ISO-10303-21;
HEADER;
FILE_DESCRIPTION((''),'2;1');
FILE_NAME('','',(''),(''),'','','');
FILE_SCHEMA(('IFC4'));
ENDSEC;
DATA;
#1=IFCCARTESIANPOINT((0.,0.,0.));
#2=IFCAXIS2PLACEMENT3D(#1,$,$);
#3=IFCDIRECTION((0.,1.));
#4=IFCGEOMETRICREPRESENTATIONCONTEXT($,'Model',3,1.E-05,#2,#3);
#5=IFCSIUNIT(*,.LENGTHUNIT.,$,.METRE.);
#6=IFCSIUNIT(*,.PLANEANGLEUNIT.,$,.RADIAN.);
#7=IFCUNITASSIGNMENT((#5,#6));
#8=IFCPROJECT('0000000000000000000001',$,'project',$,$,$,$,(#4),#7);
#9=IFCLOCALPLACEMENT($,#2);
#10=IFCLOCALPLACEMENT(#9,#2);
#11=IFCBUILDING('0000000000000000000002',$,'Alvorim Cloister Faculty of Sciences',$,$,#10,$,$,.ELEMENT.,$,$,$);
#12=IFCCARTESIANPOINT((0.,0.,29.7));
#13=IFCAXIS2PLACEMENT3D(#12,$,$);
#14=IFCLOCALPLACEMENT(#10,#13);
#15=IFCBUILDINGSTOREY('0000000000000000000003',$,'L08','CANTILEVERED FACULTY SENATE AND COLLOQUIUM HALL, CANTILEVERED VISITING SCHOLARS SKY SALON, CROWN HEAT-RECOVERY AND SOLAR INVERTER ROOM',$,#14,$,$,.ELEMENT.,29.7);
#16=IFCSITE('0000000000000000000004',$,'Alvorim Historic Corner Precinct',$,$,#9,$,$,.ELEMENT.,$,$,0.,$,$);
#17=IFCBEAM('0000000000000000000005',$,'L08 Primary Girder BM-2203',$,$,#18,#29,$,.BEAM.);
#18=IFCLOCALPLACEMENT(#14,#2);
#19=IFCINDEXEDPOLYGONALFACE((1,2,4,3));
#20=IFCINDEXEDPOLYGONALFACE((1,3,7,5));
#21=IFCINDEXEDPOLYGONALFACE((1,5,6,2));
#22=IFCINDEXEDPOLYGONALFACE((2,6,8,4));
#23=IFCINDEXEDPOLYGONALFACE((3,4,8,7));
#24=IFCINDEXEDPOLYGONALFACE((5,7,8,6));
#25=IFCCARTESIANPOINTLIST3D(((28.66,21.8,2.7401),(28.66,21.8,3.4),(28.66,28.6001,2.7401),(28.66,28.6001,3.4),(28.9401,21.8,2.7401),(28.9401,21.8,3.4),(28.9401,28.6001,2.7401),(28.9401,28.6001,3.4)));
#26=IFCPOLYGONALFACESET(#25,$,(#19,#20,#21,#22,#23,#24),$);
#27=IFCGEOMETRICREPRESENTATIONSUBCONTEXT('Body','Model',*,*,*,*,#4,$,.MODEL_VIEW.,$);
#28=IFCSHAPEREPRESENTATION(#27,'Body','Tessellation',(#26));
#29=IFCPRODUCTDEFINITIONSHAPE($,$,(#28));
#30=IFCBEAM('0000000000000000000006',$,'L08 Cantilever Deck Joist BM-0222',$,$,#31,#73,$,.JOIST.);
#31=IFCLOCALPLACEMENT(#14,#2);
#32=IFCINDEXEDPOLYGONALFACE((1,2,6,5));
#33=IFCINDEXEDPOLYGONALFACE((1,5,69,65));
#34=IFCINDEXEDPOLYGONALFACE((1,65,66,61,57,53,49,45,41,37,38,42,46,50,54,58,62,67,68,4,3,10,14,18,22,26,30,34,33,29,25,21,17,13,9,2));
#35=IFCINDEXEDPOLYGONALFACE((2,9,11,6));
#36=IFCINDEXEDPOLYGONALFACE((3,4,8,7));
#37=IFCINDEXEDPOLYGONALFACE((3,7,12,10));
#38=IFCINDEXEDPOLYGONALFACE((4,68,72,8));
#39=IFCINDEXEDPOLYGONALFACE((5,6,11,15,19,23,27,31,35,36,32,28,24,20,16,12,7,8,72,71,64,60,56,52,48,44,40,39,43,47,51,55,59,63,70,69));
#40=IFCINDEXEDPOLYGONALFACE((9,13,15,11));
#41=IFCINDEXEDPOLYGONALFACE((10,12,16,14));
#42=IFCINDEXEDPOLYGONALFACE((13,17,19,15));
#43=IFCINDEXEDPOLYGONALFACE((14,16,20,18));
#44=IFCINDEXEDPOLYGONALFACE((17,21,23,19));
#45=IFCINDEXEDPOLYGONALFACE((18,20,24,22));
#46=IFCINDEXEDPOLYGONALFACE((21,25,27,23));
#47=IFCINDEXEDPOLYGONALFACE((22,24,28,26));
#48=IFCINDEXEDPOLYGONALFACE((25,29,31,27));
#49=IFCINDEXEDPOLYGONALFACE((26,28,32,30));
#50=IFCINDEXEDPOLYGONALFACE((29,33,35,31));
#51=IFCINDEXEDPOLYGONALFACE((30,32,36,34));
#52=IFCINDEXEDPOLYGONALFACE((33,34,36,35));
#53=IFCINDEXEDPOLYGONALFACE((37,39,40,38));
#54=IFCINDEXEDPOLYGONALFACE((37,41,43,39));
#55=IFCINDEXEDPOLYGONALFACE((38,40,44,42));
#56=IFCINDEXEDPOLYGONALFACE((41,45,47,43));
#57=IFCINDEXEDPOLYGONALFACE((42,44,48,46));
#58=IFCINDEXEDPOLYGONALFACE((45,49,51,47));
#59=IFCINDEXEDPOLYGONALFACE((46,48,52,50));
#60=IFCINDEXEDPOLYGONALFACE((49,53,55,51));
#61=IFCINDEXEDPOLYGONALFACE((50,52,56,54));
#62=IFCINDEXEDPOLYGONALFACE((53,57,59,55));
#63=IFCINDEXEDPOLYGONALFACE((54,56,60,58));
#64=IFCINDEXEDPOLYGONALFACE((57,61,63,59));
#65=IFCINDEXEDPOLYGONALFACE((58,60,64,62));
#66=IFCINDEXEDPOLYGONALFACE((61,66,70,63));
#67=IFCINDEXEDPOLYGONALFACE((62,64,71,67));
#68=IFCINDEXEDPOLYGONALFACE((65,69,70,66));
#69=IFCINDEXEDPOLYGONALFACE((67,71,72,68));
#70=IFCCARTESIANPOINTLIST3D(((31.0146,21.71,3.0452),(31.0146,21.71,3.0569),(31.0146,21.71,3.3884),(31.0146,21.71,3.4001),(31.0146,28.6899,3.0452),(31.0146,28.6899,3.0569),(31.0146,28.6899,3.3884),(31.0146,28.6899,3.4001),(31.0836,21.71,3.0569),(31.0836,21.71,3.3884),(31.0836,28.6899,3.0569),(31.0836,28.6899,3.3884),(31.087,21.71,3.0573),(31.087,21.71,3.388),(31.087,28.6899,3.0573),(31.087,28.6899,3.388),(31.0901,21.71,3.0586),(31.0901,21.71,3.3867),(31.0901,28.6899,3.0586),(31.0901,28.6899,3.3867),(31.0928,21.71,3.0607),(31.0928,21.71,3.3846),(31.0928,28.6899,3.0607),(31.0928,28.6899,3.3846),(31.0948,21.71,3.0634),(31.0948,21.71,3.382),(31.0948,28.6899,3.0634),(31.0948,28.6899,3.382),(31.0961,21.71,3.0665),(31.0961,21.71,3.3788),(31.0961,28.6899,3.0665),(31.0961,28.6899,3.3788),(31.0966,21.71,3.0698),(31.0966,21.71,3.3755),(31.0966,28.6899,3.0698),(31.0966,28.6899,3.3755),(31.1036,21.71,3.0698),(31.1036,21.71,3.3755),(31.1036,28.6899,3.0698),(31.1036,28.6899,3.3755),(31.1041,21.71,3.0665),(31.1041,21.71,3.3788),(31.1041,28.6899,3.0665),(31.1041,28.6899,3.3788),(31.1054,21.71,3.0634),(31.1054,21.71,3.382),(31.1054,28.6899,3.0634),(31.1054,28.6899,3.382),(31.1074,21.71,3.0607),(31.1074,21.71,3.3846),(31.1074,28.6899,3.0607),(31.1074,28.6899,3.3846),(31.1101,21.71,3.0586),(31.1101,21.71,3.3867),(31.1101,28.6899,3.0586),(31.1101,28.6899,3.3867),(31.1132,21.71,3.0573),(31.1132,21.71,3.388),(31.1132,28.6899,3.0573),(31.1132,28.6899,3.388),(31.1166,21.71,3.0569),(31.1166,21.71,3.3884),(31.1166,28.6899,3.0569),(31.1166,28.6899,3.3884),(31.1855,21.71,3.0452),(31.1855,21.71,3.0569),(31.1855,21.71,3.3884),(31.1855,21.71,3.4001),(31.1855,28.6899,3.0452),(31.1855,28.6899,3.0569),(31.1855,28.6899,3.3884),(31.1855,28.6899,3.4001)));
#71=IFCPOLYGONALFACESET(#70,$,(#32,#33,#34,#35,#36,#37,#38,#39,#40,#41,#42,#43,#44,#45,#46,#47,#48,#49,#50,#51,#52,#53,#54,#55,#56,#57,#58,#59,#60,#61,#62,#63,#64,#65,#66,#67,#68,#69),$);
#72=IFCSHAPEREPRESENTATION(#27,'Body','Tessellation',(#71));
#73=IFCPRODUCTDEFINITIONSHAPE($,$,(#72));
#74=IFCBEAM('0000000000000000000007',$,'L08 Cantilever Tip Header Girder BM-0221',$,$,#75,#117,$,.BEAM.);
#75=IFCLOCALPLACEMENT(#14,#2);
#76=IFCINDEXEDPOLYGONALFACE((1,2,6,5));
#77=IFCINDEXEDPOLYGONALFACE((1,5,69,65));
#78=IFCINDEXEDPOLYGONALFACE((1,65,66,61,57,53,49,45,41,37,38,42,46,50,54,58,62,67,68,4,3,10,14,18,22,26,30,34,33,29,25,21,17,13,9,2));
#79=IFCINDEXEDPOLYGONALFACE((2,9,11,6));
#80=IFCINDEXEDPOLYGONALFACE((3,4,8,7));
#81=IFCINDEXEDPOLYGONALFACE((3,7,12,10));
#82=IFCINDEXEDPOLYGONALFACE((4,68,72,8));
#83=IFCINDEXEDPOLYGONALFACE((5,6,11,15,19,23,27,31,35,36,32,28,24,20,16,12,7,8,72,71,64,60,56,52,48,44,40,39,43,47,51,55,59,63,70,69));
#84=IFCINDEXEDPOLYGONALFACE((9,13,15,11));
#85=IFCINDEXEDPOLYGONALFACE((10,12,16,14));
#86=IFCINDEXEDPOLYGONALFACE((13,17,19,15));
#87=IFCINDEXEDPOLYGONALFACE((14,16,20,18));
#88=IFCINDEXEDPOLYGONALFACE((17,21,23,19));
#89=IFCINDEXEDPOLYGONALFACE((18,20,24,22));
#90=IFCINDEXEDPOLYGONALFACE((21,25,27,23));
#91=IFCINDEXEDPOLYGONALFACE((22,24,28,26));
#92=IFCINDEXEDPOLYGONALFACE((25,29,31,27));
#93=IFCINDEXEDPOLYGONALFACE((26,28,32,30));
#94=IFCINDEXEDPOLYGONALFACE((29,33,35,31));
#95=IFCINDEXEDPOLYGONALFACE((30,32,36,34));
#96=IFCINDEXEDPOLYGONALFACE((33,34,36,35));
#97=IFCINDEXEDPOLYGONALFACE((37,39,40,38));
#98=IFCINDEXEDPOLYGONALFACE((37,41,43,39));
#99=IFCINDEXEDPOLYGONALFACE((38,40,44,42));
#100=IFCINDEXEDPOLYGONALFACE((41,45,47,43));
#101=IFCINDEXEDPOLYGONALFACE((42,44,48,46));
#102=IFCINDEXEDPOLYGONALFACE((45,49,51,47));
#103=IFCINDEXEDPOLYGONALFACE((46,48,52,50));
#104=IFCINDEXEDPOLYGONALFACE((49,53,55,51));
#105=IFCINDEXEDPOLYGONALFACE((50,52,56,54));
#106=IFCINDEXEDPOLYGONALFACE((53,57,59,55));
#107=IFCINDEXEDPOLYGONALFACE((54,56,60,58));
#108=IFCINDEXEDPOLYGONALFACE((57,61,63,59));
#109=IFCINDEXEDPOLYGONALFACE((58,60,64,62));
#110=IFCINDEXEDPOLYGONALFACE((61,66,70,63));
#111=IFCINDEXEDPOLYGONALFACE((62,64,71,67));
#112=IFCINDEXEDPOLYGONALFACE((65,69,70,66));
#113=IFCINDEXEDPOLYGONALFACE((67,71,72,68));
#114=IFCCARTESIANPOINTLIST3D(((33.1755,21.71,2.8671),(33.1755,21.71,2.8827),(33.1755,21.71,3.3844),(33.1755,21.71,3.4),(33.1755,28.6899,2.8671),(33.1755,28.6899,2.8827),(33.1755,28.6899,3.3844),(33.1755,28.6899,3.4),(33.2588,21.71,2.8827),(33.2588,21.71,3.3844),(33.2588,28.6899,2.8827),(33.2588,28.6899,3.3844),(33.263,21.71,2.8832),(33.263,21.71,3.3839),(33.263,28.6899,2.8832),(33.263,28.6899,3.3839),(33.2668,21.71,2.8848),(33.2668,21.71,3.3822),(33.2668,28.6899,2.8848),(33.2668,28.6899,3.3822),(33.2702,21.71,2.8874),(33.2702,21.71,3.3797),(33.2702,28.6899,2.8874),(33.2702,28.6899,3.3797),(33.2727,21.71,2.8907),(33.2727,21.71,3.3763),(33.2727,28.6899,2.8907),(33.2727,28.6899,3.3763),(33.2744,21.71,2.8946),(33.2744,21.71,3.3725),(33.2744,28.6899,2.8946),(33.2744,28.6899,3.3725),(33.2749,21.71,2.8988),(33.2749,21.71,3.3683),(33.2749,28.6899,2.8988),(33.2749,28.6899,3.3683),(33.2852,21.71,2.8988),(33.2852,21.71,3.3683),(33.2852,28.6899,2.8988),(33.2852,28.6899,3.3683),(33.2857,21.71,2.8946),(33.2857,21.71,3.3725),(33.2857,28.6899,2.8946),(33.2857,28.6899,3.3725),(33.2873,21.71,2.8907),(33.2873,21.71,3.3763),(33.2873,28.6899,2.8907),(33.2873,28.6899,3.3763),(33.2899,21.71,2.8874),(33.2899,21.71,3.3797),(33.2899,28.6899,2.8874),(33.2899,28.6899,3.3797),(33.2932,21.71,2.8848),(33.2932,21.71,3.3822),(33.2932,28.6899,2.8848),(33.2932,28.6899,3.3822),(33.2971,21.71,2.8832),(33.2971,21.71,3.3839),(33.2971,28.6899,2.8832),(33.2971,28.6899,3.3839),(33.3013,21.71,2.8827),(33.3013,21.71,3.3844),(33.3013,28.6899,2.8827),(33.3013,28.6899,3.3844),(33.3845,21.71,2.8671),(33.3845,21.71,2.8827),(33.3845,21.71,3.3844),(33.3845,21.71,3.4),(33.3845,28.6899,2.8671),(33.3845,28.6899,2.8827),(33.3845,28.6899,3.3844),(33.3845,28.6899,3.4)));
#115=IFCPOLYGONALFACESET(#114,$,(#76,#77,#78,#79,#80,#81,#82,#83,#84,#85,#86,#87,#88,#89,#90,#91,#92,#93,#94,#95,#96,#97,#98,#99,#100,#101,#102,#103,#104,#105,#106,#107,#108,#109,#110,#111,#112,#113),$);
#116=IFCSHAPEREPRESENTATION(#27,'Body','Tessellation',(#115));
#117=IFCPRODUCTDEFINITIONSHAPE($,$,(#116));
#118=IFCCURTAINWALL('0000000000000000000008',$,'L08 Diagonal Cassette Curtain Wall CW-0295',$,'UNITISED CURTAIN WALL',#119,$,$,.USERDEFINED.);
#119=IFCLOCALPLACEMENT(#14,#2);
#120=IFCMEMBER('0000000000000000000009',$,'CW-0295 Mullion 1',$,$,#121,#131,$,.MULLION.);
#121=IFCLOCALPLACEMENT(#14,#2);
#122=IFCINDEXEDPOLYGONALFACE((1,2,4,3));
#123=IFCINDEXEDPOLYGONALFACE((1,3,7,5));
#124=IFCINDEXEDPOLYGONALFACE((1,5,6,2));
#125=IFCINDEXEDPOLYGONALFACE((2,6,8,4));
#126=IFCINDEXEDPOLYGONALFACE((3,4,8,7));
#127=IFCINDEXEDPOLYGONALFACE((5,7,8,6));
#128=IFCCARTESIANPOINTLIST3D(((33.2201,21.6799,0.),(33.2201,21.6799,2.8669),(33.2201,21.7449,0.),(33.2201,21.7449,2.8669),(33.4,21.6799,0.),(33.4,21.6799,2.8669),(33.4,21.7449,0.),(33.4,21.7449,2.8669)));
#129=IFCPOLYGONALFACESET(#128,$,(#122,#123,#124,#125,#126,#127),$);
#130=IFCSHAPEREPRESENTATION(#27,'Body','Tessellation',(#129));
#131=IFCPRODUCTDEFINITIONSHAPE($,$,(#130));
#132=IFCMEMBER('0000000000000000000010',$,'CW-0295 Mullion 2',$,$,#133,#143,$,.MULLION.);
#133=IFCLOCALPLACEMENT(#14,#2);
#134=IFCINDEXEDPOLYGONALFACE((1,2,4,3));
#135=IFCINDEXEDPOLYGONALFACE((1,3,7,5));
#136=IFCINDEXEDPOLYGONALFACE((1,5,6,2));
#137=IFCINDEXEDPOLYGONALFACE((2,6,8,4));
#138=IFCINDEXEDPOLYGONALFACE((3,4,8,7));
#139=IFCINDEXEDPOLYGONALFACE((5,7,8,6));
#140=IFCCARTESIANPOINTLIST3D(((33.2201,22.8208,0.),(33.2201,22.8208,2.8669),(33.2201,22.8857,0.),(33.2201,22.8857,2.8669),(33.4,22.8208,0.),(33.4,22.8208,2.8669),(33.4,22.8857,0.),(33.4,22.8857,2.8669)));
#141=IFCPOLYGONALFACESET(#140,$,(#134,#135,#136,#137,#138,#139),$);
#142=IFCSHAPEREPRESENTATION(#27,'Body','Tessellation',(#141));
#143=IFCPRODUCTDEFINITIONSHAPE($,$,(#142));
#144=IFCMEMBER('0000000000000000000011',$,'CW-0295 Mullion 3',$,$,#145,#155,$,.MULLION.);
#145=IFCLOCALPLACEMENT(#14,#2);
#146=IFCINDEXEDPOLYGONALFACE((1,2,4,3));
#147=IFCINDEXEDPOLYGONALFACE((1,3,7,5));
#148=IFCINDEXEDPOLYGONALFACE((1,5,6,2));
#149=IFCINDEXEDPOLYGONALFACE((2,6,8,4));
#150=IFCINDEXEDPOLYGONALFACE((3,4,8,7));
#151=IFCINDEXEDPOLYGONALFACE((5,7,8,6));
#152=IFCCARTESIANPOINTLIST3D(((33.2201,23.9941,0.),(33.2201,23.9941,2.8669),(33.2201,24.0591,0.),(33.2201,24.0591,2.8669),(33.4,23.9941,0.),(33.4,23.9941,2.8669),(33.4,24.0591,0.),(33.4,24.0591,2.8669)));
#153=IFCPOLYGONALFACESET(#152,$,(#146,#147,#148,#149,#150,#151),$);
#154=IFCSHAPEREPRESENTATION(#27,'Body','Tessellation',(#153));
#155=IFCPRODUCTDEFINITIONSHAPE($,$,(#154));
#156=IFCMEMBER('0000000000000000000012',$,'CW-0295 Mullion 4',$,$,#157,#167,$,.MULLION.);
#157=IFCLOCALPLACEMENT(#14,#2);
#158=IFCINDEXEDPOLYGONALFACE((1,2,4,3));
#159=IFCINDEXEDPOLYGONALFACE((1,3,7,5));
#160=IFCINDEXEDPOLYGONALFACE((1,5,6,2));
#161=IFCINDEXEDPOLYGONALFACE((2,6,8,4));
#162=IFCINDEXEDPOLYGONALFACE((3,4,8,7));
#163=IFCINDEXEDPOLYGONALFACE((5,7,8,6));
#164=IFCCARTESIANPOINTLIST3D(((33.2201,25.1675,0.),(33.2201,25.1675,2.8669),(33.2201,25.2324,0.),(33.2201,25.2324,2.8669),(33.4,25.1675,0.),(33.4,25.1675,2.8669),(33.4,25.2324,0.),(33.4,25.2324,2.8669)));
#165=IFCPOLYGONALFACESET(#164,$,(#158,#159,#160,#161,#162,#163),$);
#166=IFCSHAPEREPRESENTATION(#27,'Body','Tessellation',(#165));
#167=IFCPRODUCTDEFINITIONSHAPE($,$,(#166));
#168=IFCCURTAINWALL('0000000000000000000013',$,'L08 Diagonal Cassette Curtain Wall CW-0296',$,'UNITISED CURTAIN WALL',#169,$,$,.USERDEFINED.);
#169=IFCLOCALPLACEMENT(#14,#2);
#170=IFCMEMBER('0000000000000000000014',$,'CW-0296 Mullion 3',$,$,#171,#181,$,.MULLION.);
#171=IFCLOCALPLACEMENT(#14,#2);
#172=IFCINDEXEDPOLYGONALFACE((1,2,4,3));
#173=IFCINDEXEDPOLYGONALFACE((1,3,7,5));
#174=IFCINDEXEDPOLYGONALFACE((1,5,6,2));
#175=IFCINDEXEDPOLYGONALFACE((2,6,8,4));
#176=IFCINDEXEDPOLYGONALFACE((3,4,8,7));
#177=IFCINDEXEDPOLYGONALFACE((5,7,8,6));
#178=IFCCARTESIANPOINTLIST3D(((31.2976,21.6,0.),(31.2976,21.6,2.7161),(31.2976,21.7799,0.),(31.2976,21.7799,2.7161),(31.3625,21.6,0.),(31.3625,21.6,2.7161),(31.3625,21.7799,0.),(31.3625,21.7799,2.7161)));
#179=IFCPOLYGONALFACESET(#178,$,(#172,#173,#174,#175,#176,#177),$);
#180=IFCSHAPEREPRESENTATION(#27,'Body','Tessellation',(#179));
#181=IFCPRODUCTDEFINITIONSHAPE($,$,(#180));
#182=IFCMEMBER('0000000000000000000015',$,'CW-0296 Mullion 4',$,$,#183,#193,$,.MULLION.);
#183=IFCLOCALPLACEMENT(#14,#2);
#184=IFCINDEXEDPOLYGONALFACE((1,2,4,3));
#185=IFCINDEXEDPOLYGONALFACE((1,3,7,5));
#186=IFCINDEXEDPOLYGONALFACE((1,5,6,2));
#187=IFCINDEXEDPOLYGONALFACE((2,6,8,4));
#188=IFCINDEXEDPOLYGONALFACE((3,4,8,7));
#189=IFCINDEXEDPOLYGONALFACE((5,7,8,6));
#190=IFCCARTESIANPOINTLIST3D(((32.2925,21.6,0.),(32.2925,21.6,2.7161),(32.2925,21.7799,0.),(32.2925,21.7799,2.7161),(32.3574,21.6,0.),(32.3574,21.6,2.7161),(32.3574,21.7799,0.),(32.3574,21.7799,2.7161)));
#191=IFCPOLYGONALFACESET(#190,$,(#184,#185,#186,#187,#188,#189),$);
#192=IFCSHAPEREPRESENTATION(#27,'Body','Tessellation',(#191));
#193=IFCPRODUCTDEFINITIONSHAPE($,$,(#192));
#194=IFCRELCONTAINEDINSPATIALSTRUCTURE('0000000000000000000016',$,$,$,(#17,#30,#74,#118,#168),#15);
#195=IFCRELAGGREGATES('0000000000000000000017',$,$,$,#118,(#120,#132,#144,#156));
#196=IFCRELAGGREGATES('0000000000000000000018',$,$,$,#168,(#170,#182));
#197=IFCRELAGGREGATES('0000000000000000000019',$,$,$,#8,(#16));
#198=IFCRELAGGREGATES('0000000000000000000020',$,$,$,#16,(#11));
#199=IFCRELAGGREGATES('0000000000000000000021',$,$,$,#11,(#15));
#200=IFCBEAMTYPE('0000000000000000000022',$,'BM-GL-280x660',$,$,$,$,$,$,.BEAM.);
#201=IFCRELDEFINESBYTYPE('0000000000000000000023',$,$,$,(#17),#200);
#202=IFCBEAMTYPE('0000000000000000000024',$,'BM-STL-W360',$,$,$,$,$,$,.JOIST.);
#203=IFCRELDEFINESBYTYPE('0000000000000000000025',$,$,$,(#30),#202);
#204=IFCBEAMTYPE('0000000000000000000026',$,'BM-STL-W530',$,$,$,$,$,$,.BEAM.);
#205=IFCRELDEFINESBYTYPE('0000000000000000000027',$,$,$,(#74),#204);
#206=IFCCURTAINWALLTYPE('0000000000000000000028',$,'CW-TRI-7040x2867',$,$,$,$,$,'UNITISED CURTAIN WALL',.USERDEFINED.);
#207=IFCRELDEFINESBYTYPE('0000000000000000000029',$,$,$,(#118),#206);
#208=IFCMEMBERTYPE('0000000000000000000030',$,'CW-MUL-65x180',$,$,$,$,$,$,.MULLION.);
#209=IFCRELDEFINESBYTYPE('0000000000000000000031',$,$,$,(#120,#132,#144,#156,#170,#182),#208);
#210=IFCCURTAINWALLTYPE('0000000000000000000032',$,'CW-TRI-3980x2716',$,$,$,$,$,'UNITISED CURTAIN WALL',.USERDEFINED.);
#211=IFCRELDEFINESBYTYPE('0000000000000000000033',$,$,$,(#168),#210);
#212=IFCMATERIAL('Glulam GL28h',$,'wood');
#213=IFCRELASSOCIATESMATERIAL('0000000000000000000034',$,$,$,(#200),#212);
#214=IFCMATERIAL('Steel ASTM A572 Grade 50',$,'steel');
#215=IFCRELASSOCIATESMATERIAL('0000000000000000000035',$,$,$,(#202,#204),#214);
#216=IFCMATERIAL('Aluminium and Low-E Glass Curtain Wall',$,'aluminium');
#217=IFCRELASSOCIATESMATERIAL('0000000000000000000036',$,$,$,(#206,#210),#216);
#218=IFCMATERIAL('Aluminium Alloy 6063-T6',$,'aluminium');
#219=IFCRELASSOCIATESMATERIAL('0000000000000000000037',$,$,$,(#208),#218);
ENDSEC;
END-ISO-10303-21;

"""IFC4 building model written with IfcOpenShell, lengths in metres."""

from ifc_helpers import new_model, si_unit, direction, frame, origin, origin_2d, place, context, subcontext, project, spatial, rectangle, i_section, extrude, material, material_profile, profile_set, type_object, element, aggregate, save


model = new_model("IFC4")

# Units and contexts
model_context = context("Model", 3, precision=1e-05, world=origin(), true_north=direction((0.0, 1.0)))
body_context = subcontext(model_context, "Body", "Model", "MODEL_VIEW")
ifc_project = project(units=[si_unit("LENGTHUNIT", "METRE"), si_unit("PLANEANGLEUNIT", "RADIAN")], contexts=[model_context])

# Site, building, storey
site_placement = place(None, origin())
site = spatial("IfcSite", under=ifc_project, at=site_placement, Name="Alvorim Historic Corner Precinct", CompositionType="ELEMENT", RefElevation=0.0)
building_placement = place(site_placement, origin())
building = spatial("IfcBuilding", under=site, at=building_placement, Name="Alvorim Cloister Faculty of Sciences", CompositionType="ELEMENT")
storey_placement = place(building_placement, frame((0.0, 0.0, 29.7)))
storey = spatial("IfcBuildingStorey", under=building, at=storey_placement, Name="L08", Description="CANTILEVERED FACULTY SENATE AND COLLOQUIUM HALL, CANTILEVERED VISITING SCHOLARS SKY SALON, CROWN HEAT-RECOVERY AND SOLAR INVERTER ROOM", CompositionType="ELEMENT", Elevation=29.7)

# Beams
ifc_material_1 = material(Name="Glulam GL28h", Category="wood")
ifc_material_profile_1 = material_profile(ifc_material_1, rectangle(XDim=0.28, YDim=0.6599, at=origin_2d()), Name="GL28-BM-280x660")
ifc_profile_set_1 = profile_set([ifc_material_profile_1], Name="Glulam GL28h")
beam_type_1 = type_object("IfcBeamType", Name="BM-GL-280x660", PredefinedType="BEAM", material=ifc_profile_set_1)
beam_1_placement = place(storey_placement, frame((28.8, 21.8, 3.0701), z_axis=(0.0, 1.0, 0.0), x_axis=(-1.0, 0.0, 0.0)))
element("IfcBeam", 1, at=beam_1_placement, inside=storey, type_object=beam_type_1, Name="L08 Primary Girder BM-2203", PredefinedType="BEAM", context=body_context, shape_type="SweptSolid", body=[
    extrude(rectangle(XDim=0.28, YDim=0.6599, at=origin_2d()), origin(), (0.0, 0.0, 1.0), 6.8),
])
ifc_material_2 = material(Name="Steel ASTM A572 Grade 50", Category="steel")
ifc_material_profile_2 = material_profile(ifc_material_2, i_section(OverallWidth=0.1709, OverallDepth=0.355, WebThickness=0.0071, FlangeThickness=0.0117, FilletRadius=0.0129, at=origin_2d()), Name="W360x51.0")
ifc_profile_set_2 = profile_set([ifc_material_profile_2], Name="Steel ASTM A572 Grade 50")
beam_type_2 = type_object("IfcBeamType", Name="BM-STL-W360", PredefinedType="JOIST", material=ifc_profile_set_2)
beam_2_placement = place(storey_placement, frame((31.1001, 21.71, 3.2227), z_axis=(0.0, 1.0, 0.0), x_axis=(-1.0, 0.0, 0.0)))
element("IfcBeam", 2, at=beam_2_placement, inside=storey, type_object=beam_type_2, Name="L08 Cantilever Deck Joist BM-0222", PredefinedType="JOIST", context=body_context, shape_type="SweptSolid", body=[
    extrude(i_section(OverallWidth=0.1709, OverallDepth=0.355, WebThickness=0.0071, FlangeThickness=0.0117, FilletRadius=0.0129, at=origin_2d()), origin(), (0.0, 0.0, 1.0), 6.98),
])
ifc_material_profile_3 = material_profile(ifc_material_2, i_section(OverallWidth=0.209, OverallDepth=0.533, WebThickness=0.0103, FlangeThickness=0.0156, FilletRadius=0.0161, at=origin_2d()), Name="W530x92.0")
ifc_profile_set_3 = profile_set([ifc_material_profile_3], Name="Steel ASTM A572 Grade 50")
beam_type_3 = type_object("IfcBeamType", Name="BM-STL-W530", PredefinedType="BEAM", material=ifc_profile_set_3)
beam_3_placement = place(storey_placement, frame((33.28, 21.71, 3.1335), z_axis=(0.0, 1.0, 0.0), x_axis=(-1.0, 0.0, 0.0)))
element("IfcBeam", 3, at=beam_3_placement, inside=storey, type_object=beam_type_3, Name="L08 Cantilever Tip Header Girder BM-0221", PredefinedType="BEAM", context=body_context, shape_type="SweptSolid", body=[
    extrude(i_section(OverallWidth=0.209, OverallDepth=0.533, WebThickness=0.0103, FlangeThickness=0.0156, FilletRadius=0.0161, at=origin_2d()), origin(), (0.0, 0.0, 1.0), 6.98),
])

# Curtain walls, members
ifc_material_3 = material(Name="Aluminium and Low-E Glass Curtain Wall", Category="aluminium")
curtain_wall_type_1 = type_object("IfcCurtainWallType", Name="CW-TRI-7040x2867", ElementType="UNITISED CURTAIN WALL", PredefinedType="USERDEFINED", material=ifc_material_3)
curtain_wall_1_placement = place(storey_placement, origin())
curtain_wall_1 = element("IfcCurtainWall", 4, at=curtain_wall_1_placement, inside=storey, type_object=curtain_wall_type_1, Name="L08 Diagonal Cassette Curtain Wall CW-0295", ObjectType="UNITISED CURTAIN WALL", PredefinedType="USERDEFINED")
ifc_material_4 = material(Name="Aluminium Alloy 6063-T6", Category="aluminium")
ifc_material_profile_4 = material_profile(ifc_material_4, rectangle(XDim=0.0649, YDim=0.1799, at=origin_2d()), Name="ALU-MUL-65x180")
ifc_profile_set_4 = profile_set([ifc_material_profile_4], Name="Aluminium Alloy 6063-T6")
member_type_1 = type_object("IfcMemberType", Name="CW-MUL-65x180", PredefinedType="MULLION", material=ifc_profile_set_4)
member_1_placement = place(storey_placement, frame((33.3101, 21.7124, 0.0), z_axis=(0.0, 0.0, 1.0), x_axis=(0.0, 1.0, 0.0)))
member_1 = element("IfcMember", 5, at=member_1_placement, type_object=member_type_1, Name="CW-0295 Mullion 1", PredefinedType="MULLION", context=body_context, shape_type="SweptSolid", body=[
    extrude(rectangle(XDim=0.0649, YDim=0.1799, at=origin_2d()), origin(), (0.0, 0.0, 1.0), 2.8669),
])
member_2_placement = place(storey_placement, frame((33.3101, 22.8533, 0.0), z_axis=(0.0, 0.0, 1.0), x_axis=(0.0, 1.0, 0.0)))
member_2 = element("IfcMember", 6, at=member_2_placement, type_object=member_type_1, Name="CW-0295 Mullion 2", PredefinedType="MULLION", context=body_context, shape_type="SweptSolid", body=[
    extrude(rectangle(XDim=0.0649, YDim=0.1799, at=origin_2d()), origin(), (0.0, 0.0, 1.0), 2.8669),
])
member_3_placement = place(storey_placement, frame((33.3101, 24.0266, 0.0), z_axis=(0.0, 0.0, 1.0), x_axis=(0.0, 1.0, 0.0)))
member_3 = element("IfcMember", 7, at=member_3_placement, type_object=member_type_1, Name="CW-0295 Mullion 3", PredefinedType="MULLION", context=body_context, shape_type="SweptSolid", body=[
    extrude(rectangle(XDim=0.0649, YDim=0.1799, at=origin_2d()), origin(), (0.0, 0.0, 1.0), 2.8669),
])
member_4_placement = place(storey_placement, frame((33.3101, 25.2, 0.0), z_axis=(0.0, 0.0, 1.0), x_axis=(0.0, 1.0, 0.0)))
member_4 = element("IfcMember", 8, at=member_4_placement, type_object=member_type_1, Name="CW-0295 Mullion 4", PredefinedType="MULLION", context=body_context, shape_type="SweptSolid", body=[
    extrude(rectangle(XDim=0.0649, YDim=0.1799, at=origin_2d()), origin(), (0.0, 0.0, 1.0), 2.8669),
])
curtain_wall_type_2 = type_object("IfcCurtainWallType", Name="CW-TRI-3980x2716", ElementType="UNITISED CURTAIN WALL", PredefinedType="USERDEFINED", material=ifc_material_3)
curtain_wall_2_placement = place(storey_placement, origin())
curtain_wall_2 = element("IfcCurtainWall", 9, at=curtain_wall_2_placement, inside=storey, type_object=curtain_wall_type_2, Name="L08 Diagonal Cassette Curtain Wall CW-0296", ObjectType="UNITISED CURTAIN WALL", PredefinedType="USERDEFINED")
member_5_placement = place(storey_placement, frame((31.3301, 21.6899, 0.0), z_axis=(0.0, 0.0, 1.0), x_axis=(1.0, 0.0, 0.0)))
member_5 = element("IfcMember", 10, at=member_5_placement, type_object=member_type_1, Name="CW-0296 Mullion 3", PredefinedType="MULLION", context=body_context, shape_type="SweptSolid", body=[
    extrude(rectangle(XDim=0.0649, YDim=0.1799, at=origin_2d()), origin(), (0.0, 0.0, 1.0), 2.7161),
])
member_6_placement = place(storey_placement, frame((32.325, 21.6899, 0.0), z_axis=(0.0, 0.0, 1.0), x_axis=(1.0, 0.0, 0.0)))
member_6 = element("IfcMember", 11, at=member_6_placement, type_object=member_type_1, Name="CW-0296 Mullion 4", PredefinedType="MULLION", context=body_context, shape_type="SweptSolid", body=[
    extrude(rectangle(XDim=0.0649, YDim=0.1799, at=origin_2d()), origin(), (0.0, 0.0, 1.0), 2.7161),
])

aggregate(curtain_wall_1, [member_1, member_2, member_3, member_4])
aggregate(curtain_wall_2, [member_5, member_6])

save(model, "model.ifc")
